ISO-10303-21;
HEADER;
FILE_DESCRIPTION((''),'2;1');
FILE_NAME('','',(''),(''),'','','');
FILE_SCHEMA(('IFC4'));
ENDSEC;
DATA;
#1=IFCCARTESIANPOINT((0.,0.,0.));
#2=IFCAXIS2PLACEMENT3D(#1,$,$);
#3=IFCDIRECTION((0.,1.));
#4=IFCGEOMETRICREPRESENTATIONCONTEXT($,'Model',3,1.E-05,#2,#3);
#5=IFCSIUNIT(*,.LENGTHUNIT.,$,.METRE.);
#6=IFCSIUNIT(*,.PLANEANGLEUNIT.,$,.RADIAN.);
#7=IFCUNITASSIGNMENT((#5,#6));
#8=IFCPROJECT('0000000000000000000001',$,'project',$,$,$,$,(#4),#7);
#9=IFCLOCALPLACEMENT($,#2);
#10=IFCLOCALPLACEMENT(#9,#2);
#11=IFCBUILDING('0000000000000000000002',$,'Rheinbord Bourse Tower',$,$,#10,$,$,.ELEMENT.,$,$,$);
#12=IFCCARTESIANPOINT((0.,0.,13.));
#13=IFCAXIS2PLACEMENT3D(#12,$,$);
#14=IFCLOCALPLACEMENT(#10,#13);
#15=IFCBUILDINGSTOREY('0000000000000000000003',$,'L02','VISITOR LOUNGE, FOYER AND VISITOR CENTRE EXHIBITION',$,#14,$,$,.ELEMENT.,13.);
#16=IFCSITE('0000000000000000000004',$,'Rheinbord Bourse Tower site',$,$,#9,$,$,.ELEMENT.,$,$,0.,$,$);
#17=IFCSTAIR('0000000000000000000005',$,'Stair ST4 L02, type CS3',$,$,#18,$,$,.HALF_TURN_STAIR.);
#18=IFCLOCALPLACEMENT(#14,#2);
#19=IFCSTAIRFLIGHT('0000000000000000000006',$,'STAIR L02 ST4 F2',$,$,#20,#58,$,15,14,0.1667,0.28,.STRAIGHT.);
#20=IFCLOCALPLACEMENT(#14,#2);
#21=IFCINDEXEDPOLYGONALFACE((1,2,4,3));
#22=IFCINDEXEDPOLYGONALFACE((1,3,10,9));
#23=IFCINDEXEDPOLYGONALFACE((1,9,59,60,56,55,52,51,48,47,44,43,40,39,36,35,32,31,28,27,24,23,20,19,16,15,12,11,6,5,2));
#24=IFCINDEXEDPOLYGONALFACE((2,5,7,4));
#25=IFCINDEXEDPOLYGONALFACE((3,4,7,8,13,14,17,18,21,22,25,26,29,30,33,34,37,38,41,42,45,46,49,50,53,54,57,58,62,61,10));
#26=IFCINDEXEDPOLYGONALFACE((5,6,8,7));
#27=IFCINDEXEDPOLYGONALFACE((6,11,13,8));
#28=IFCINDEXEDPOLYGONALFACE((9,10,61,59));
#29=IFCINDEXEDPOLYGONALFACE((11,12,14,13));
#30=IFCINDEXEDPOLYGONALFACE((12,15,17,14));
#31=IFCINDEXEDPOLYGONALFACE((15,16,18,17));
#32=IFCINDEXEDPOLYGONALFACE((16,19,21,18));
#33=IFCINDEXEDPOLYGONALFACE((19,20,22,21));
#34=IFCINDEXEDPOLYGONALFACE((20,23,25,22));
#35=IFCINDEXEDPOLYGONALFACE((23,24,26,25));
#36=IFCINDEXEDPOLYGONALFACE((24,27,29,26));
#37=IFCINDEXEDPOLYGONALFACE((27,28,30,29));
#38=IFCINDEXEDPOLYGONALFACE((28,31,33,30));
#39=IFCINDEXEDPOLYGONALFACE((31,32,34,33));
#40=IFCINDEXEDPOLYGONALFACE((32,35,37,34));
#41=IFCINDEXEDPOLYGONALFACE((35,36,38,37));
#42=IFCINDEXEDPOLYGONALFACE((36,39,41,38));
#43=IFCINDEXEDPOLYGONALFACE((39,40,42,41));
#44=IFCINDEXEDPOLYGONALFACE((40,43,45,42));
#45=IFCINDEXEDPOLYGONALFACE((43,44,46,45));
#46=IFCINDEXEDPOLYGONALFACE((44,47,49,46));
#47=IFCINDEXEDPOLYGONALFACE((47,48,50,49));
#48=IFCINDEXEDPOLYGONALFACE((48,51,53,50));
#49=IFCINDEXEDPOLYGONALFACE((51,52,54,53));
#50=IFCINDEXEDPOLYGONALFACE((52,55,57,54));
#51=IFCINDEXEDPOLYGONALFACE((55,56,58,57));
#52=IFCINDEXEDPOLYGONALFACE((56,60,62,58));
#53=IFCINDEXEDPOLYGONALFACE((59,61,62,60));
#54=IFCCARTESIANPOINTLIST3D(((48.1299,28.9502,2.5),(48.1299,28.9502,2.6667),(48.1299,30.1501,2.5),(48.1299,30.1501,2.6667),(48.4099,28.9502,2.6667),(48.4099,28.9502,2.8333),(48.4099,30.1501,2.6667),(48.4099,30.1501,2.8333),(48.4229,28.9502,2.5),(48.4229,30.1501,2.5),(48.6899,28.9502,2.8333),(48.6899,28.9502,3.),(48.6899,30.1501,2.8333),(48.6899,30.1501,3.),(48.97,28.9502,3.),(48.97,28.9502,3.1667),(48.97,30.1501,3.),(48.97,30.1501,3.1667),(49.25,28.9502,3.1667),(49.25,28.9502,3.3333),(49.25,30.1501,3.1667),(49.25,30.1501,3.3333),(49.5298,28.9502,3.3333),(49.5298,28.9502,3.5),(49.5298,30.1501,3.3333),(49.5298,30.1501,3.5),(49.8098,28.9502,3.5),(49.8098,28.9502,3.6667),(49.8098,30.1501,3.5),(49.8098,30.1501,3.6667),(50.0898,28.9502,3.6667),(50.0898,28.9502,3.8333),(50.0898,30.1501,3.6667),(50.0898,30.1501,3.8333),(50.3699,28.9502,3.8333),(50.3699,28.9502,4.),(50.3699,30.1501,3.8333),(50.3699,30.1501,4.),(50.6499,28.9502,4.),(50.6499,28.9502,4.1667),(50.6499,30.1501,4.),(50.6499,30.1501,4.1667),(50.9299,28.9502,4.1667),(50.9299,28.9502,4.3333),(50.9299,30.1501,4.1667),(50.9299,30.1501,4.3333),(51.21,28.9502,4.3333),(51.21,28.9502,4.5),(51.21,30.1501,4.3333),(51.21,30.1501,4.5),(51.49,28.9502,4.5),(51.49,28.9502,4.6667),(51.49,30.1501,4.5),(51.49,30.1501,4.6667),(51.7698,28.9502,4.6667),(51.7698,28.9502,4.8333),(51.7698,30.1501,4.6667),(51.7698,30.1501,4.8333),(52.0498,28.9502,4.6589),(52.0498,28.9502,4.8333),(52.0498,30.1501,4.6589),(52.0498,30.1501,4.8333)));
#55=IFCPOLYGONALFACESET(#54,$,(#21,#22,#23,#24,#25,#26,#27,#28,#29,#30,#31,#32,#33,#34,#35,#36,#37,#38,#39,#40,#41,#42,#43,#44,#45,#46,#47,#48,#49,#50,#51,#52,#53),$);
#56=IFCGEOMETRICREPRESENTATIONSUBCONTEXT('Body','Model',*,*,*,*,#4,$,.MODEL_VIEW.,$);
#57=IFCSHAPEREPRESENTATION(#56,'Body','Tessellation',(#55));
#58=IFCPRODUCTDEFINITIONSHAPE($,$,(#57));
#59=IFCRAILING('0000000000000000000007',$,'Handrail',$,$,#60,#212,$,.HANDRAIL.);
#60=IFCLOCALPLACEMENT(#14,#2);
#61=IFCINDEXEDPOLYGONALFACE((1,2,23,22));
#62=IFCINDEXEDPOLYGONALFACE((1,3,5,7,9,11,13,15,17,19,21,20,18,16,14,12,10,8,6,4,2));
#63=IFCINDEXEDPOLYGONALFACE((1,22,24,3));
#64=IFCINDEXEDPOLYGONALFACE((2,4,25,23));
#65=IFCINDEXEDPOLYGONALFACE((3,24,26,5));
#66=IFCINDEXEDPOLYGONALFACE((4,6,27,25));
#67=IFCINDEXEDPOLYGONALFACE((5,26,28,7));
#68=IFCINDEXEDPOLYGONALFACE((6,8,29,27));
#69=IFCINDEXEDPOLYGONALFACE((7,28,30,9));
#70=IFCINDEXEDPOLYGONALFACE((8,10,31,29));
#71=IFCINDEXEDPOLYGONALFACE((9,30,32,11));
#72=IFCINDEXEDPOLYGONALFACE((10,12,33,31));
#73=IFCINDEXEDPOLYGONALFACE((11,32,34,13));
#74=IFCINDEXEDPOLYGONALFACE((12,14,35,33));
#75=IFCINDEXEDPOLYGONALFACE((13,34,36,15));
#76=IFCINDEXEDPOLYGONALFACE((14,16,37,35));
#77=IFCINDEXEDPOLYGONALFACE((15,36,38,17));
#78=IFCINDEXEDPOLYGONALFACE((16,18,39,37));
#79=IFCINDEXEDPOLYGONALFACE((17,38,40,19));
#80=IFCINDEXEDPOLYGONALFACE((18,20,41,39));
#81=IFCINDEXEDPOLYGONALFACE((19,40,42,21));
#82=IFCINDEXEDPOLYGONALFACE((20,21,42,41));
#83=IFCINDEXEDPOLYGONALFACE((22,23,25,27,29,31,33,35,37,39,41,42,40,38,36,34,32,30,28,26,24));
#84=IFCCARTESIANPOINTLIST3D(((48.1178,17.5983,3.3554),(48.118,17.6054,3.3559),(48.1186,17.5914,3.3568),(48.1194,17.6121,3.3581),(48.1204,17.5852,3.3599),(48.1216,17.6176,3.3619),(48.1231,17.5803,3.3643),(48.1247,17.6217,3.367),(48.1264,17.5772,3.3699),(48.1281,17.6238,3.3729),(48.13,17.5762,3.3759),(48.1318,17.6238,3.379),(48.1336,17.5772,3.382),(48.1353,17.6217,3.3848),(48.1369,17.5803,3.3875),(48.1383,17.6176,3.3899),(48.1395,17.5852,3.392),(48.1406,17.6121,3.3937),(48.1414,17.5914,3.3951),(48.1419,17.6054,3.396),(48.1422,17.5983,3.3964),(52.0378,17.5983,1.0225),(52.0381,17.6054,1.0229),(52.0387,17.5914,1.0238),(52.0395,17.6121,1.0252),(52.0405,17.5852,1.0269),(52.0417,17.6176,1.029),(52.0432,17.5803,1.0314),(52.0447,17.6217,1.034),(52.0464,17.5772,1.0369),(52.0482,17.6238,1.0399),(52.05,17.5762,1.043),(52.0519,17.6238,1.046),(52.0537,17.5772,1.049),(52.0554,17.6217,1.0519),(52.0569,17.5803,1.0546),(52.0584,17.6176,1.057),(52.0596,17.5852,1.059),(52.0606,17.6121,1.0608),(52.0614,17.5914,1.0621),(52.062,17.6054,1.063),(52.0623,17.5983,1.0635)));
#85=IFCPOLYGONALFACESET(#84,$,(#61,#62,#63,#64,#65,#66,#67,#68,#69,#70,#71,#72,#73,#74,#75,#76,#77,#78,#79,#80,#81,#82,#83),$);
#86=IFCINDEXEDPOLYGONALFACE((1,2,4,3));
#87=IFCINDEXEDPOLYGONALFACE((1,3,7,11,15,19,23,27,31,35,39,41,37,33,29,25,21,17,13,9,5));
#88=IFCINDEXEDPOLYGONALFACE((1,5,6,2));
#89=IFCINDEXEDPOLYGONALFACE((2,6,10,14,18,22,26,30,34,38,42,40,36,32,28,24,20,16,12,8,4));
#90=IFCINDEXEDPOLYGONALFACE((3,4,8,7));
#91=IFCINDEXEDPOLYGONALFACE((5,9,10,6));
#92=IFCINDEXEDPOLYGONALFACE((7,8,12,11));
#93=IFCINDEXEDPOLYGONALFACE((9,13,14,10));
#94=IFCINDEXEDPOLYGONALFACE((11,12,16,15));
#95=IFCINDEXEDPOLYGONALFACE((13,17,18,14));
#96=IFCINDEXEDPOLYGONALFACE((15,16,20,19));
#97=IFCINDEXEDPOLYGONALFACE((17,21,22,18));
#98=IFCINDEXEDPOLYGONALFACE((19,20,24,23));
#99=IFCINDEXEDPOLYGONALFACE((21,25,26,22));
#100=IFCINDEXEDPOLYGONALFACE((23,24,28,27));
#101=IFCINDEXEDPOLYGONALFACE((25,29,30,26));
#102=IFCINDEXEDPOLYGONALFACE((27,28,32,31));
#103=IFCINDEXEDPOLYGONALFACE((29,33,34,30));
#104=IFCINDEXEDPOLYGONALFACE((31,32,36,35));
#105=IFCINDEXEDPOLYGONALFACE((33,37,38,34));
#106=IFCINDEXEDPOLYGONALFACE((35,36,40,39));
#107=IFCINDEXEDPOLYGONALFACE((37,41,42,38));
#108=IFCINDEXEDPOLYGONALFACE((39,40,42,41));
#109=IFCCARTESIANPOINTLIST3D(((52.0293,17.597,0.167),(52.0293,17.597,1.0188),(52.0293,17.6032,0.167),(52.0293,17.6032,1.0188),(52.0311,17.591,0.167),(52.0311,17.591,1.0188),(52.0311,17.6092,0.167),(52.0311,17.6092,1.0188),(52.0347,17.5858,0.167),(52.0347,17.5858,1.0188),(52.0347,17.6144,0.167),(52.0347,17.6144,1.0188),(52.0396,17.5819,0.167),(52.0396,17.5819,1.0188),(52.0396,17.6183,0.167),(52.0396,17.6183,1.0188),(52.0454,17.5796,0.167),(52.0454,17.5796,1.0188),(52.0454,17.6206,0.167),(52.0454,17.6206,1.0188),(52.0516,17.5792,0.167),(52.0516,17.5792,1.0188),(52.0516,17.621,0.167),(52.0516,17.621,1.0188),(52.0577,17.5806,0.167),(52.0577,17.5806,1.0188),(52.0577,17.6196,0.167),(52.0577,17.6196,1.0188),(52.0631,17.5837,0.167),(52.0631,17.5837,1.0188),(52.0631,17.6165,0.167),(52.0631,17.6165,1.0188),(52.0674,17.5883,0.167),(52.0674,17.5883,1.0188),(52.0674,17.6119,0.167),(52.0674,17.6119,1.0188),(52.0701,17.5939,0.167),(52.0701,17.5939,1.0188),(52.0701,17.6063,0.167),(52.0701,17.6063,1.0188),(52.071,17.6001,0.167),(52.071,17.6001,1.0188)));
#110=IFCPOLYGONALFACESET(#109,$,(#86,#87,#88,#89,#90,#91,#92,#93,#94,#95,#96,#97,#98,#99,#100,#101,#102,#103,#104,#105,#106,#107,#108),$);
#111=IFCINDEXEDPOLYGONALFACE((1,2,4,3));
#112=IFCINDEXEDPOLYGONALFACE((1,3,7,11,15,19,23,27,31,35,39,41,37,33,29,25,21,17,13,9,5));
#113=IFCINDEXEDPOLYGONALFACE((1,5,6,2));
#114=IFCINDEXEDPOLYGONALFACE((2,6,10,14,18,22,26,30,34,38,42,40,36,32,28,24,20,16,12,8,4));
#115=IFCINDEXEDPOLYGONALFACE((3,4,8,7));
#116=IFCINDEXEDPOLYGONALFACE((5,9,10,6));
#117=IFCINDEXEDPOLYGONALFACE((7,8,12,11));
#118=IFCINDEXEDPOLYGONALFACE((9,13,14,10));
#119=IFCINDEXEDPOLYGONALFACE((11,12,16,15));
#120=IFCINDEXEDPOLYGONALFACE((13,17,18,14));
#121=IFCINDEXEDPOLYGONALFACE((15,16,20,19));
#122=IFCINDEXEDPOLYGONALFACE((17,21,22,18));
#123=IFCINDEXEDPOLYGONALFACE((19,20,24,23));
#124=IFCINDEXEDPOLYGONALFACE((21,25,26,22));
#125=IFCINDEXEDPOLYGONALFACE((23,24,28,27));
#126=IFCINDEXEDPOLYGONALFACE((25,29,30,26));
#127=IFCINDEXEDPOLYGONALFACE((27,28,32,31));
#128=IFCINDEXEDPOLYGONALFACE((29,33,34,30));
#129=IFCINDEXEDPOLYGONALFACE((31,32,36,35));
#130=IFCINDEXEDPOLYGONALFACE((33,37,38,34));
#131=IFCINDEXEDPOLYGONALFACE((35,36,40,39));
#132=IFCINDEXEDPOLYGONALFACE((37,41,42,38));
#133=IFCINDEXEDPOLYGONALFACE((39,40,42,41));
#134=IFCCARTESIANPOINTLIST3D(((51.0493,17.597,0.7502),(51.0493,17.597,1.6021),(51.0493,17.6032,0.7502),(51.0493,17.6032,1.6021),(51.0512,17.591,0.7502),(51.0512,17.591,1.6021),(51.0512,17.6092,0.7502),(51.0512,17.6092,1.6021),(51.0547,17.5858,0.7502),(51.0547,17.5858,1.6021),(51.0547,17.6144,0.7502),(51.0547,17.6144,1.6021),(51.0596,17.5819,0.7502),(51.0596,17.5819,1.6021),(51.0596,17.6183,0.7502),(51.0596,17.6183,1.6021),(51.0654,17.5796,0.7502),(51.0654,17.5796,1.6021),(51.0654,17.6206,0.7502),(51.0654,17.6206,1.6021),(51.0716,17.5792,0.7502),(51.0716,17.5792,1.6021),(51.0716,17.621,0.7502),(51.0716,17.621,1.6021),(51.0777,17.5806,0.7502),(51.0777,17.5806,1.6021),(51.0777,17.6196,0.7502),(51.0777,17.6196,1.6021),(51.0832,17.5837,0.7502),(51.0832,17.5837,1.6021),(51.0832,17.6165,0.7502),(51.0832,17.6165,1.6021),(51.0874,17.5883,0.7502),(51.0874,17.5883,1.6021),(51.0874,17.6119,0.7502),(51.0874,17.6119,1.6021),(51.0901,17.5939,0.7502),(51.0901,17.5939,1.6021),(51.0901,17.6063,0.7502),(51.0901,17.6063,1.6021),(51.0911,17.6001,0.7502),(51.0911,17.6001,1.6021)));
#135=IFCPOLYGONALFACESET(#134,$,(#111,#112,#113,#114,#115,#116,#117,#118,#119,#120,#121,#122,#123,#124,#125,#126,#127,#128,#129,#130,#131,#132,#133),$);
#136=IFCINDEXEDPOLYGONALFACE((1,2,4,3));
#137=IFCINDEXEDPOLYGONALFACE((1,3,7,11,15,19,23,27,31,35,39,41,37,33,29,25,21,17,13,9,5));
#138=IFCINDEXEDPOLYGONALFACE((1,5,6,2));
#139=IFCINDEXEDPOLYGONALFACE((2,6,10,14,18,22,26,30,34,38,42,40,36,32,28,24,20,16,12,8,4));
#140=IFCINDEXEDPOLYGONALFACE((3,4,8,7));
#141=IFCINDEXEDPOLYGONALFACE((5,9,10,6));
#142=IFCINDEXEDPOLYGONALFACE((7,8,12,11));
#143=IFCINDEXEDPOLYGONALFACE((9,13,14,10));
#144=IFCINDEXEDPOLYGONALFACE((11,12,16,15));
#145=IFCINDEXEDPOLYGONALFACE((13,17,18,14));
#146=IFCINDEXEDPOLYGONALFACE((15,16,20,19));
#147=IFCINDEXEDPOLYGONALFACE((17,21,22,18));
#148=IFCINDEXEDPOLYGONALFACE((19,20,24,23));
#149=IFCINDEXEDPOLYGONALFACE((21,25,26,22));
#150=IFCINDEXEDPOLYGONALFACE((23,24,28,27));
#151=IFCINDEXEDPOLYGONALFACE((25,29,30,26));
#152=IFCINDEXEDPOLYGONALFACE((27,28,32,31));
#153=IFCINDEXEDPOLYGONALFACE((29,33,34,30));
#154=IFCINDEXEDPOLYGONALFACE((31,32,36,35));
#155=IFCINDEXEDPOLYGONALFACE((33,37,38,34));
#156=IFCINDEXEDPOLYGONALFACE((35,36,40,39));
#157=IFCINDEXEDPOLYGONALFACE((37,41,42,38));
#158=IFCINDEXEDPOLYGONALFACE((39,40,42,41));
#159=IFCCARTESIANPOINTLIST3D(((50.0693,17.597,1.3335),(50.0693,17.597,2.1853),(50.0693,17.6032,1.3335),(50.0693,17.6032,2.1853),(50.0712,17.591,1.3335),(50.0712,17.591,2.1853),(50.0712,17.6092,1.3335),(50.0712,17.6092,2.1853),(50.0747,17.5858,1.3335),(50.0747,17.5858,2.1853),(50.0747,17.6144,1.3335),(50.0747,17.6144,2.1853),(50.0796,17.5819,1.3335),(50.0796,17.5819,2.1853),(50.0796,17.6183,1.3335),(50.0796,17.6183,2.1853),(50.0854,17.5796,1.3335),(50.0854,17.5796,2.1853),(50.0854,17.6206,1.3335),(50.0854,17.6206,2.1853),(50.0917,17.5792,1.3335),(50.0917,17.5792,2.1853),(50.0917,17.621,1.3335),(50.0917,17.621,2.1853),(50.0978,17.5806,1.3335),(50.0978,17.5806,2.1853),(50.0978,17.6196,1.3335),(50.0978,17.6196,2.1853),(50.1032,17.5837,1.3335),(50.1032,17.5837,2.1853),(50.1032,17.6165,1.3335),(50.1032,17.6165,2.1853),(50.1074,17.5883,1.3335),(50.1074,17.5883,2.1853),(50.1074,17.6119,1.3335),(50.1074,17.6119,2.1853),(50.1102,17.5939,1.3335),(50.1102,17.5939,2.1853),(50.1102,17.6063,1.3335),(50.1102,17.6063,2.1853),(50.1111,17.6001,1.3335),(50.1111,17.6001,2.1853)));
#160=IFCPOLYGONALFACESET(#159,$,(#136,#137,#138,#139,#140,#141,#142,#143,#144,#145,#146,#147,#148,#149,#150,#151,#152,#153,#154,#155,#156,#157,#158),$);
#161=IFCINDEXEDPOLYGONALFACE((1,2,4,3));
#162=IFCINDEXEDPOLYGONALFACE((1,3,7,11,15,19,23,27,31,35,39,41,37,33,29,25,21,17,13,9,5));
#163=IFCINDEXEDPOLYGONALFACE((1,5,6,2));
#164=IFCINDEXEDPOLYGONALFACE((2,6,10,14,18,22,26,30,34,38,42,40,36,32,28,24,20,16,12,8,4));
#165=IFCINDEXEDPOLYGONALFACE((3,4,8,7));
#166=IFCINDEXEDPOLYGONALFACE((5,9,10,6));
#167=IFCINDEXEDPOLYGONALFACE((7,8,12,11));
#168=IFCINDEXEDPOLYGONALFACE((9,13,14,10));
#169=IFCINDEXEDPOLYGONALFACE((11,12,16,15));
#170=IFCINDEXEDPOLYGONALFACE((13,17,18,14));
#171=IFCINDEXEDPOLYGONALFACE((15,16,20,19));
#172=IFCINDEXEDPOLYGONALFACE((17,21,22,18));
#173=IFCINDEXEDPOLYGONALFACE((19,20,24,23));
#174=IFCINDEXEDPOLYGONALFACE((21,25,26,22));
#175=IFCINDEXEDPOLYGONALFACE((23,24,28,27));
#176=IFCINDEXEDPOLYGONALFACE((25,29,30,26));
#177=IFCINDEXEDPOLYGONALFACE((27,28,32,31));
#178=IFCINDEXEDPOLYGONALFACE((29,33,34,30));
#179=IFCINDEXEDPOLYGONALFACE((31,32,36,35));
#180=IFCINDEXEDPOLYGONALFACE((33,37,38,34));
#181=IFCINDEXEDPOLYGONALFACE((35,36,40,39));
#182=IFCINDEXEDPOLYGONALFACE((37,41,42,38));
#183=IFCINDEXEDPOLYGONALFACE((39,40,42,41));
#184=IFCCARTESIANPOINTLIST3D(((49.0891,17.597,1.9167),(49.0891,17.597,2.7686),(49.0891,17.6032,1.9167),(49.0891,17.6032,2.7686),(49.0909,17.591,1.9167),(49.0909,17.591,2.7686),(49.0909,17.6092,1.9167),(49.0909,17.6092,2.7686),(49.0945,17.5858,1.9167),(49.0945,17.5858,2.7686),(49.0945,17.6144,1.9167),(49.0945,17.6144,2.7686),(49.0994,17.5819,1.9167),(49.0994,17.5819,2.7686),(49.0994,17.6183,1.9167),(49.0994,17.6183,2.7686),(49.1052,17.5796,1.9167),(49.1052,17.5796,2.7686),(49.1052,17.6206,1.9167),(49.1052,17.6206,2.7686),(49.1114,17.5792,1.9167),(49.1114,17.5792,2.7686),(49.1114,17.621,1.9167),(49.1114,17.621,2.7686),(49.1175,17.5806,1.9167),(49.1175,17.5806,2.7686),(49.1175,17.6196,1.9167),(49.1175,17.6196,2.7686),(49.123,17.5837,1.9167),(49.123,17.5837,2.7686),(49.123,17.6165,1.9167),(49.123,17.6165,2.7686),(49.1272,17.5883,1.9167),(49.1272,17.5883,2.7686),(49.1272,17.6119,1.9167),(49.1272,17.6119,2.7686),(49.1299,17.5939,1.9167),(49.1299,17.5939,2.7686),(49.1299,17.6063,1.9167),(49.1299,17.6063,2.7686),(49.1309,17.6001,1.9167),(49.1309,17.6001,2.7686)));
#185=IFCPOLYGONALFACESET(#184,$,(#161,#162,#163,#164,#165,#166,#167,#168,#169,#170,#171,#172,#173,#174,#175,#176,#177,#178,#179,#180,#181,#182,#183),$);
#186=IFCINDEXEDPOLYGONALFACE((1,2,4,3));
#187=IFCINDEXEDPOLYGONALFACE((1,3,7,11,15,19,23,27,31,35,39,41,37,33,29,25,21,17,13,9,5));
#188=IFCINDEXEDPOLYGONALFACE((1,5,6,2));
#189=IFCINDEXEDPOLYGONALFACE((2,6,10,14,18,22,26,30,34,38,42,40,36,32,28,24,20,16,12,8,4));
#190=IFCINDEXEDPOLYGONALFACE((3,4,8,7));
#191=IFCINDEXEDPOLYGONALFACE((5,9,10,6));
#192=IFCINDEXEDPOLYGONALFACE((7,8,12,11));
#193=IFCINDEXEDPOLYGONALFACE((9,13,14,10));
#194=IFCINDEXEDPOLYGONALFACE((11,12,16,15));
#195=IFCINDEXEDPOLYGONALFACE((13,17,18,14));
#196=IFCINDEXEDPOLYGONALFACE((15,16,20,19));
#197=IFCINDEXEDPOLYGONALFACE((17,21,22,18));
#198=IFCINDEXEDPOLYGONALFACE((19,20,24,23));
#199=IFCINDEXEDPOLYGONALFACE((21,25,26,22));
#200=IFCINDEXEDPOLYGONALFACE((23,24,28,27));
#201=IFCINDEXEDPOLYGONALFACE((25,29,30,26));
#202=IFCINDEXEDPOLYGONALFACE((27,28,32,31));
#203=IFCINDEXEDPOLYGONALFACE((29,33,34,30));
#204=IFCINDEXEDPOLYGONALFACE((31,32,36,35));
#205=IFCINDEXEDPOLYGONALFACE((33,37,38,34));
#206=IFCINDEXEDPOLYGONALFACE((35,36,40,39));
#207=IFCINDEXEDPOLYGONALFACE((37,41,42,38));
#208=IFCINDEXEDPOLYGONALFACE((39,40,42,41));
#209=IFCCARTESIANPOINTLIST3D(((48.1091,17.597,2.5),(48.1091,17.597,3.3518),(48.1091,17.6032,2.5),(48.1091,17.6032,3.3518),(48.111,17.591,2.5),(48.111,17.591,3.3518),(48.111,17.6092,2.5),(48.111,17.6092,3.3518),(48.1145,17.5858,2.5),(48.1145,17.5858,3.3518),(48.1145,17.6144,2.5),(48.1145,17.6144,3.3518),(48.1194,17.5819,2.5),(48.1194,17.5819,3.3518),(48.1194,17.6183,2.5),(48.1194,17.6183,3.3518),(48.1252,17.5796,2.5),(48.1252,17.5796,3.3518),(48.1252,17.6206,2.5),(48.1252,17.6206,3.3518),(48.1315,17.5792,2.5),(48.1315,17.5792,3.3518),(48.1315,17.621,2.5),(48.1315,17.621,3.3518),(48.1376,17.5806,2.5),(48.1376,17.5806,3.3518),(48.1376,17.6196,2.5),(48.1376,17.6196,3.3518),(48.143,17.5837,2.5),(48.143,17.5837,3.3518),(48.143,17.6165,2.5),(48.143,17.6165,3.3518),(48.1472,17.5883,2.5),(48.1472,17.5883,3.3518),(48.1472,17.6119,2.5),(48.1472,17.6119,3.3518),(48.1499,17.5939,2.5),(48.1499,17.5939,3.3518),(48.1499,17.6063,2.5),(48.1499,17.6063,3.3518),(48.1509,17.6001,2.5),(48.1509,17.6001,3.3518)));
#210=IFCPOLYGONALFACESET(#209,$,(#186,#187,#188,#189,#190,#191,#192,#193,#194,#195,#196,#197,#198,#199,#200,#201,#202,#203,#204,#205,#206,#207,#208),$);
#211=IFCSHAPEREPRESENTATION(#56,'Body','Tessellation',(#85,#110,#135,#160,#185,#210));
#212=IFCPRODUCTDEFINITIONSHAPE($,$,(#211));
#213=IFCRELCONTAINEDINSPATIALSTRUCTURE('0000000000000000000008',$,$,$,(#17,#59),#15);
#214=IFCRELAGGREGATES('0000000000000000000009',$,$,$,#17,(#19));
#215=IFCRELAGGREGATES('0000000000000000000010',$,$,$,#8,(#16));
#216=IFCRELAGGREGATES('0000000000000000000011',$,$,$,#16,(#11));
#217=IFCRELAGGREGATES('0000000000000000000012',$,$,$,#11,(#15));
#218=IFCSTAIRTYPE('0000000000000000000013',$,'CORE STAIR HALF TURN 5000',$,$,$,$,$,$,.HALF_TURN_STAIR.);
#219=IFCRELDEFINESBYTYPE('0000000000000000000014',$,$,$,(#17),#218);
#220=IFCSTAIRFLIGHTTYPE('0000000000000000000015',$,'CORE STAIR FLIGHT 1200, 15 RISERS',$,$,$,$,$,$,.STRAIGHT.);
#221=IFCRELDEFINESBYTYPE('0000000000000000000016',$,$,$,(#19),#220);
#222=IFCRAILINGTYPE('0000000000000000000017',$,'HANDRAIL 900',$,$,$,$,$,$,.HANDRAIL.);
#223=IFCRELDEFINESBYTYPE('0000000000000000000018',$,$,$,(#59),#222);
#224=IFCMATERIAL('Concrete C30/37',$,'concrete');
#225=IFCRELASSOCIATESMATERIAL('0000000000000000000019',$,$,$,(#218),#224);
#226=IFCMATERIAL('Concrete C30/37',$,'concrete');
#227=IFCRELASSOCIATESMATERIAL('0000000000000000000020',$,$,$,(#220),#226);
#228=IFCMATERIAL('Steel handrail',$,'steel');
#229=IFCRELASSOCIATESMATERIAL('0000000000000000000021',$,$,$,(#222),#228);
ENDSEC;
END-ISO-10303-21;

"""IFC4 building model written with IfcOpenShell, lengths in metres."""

from ifc_helpers import new_model, si_unit, direction, frame, origin, origin_2d, place, context, subcontext, project, spatial, polyline, circle, outline, extrude, material, type_object, element, aggregate, save


model = new_model("IFC4")

# Units and contexts
model_context = context("Model", 3, precision=1e-05, world=origin(), true_north=direction((0.0, 1.0)))
body_context = subcontext(model_context, "Body", "Model", "MODEL_VIEW")
ifc_project = project(units=[si_unit("LENGTHUNIT", "METRE"), si_unit("PLANEANGLEUNIT", "RADIAN")], contexts=[model_context])

# Site, building, storey
site_placement = place(None, origin())
site = spatial("IfcSite", under=ifc_project, at=site_placement, Name="Rheinbord Bourse Tower site", CompositionType="ELEMENT", RefElevation=0.0)
building_placement = place(site_placement, origin())
building = spatial("IfcBuilding", under=site, at=building_placement, Name="Rheinbord Bourse Tower", CompositionType="ELEMENT")
storey_placement = place(building_placement, frame((0.0, 0.0, 13.0)))
storey = spatial("IfcBuildingStorey", under=building, at=storey_placement, Name="L02", Description="VISITOR LOUNGE, FOYER AND VISITOR CENTRE EXHIBITION", CompositionType="ELEMENT", Elevation=13.0)

# Shared definitions
ifc_material_1 = material(Name="Concrete C30/37", Category="concrete")
stair_type = type_object("IfcStairType", Name="CORE STAIR HALF TURN 5000", PredefinedType="HALF_TURN_STAIR", material=ifc_material_1)
ifc_material_2 = material(Name="Concrete C30/37", Category="concrete")
stair_flight_type = type_object("IfcStairFlightType", Name="CORE STAIR FLIGHT 1200, 15 RISERS", PredefinedType="STRAIGHT", material=ifc_material_2)

# Stair, stair flight
stair_1_placement = place(storey_placement, origin())
stair_1 = element("IfcStair", 1, at=stair_1_placement, inside=storey, type_object=stair_type, Name="Stair ST4 L02, type CS3", PredefinedType="HALF_TURN_STAIR")
stair_flight_1_placement = place(storey_placement, frame((48.1299, 29.55, 2.5), z_axis=(0.0, 0.0, 1.0), x_axis=(1.0, 0.0, 0.0)))
stair_flight_1 = element("IfcStairFlight", 2, at=stair_flight_1_placement, type_object=stair_flight_type, Name="STAIR L02 ST4 F2", NumberOfRisers=15, NumberOfTreads=14, PredefinedType="STRAIGHT", RiserHeight=0.1667, TreadLength=0.28, context=body_context, shape_type="SweptSolid", body=[
    extrude(outline(polyline([(0.0, 0.0), (0.0, 0.1667), (0.28, 0.1667), (0.28, 0.3333), (0.5601, 0.3333), (0.5601, 0.5), (0.8401, 0.5), (0.8401, 0.6667), (1.1201, 0.6667), (1.1201, 0.8333), (1.3999, 0.8333), (1.3999, 1.0), (1.6799, 1.0), (1.6799, 1.1667), (1.96, 1.1667), (1.96, 1.3333), (2.24, 1.3333), (2.24, 1.5), (2.52, 1.5), (2.52, 1.6667), (2.8, 1.6667), (2.8, 1.8333), (3.0801, 1.8333), (3.0801, 2.0), (3.3601, 2.0), (3.3601, 2.1667), (3.6399, 2.1667), (3.6399, 2.3333), (3.9199, 2.3333), (3.9199, 2.5), (3.9199, 2.1589), (0.293, 0.0), (0.0, 0.0)])), frame((0.0, 0.6001, 0.0), z_axis=(0.0, -1.0, 0.0), x_axis=(1.0, 0.0, 0.0)), (0.0, 0.0, 1.0), 1.2),
])
aggregate(stair_1, [stair_flight_1])

# Railing
ifc_material_3 = material(Name="Steel handrail", Category="steel")
railing_type = type_object("IfcRailingType", Name="HANDRAIL 900", PredefinedType="HANDRAIL", material=ifc_material_3)
railing_placement = place(storey_placement, frame((52.05, 17.6001, 0.167)))
element("IfcRailing", 3, at=railing_placement, inside=storey, type_object=railing_type, Name="Handrail", PredefinedType="HANDRAIL", context=body_context, shape_type="SweptSolid", body=[
    extrude(circle(Radius=0.0239, at=origin_2d()), frame((0.0, 0.0, 0.876), z_axis=(-0.859334, 0.0, 0.511415), x_axis=(0.0, -1.0, 0.0)), (0.0, 0.0, 1.0), 4.5618),
    extrude(circle(Radius=0.021, at=origin_2d()), origin(), (0.0, 0.0, 1.0), 0.8518),
    extrude(circle(Radius=0.021, at=origin_2d()), frame((-0.98, 0.0, 0.5833)), (0.0, 0.0, 1.0), 0.8518),
    extrude(circle(Radius=0.021, at=origin_2d()), frame((-1.96, 0.0, 1.1665)), (0.0, 0.0, 1.0), 0.8518),
    extrude(circle(Radius=0.021, at=origin_2d()), frame((-2.9402, 0.0, 1.7498)), (0.0, 0.0, 1.0), 0.8518),
    extrude(circle(Radius=0.021, at=origin_2d()), frame((-3.9202, 0.0, 2.333)), (0.0, 0.0, 1.0), 0.8518),
])

save(model, "model.ifc")
